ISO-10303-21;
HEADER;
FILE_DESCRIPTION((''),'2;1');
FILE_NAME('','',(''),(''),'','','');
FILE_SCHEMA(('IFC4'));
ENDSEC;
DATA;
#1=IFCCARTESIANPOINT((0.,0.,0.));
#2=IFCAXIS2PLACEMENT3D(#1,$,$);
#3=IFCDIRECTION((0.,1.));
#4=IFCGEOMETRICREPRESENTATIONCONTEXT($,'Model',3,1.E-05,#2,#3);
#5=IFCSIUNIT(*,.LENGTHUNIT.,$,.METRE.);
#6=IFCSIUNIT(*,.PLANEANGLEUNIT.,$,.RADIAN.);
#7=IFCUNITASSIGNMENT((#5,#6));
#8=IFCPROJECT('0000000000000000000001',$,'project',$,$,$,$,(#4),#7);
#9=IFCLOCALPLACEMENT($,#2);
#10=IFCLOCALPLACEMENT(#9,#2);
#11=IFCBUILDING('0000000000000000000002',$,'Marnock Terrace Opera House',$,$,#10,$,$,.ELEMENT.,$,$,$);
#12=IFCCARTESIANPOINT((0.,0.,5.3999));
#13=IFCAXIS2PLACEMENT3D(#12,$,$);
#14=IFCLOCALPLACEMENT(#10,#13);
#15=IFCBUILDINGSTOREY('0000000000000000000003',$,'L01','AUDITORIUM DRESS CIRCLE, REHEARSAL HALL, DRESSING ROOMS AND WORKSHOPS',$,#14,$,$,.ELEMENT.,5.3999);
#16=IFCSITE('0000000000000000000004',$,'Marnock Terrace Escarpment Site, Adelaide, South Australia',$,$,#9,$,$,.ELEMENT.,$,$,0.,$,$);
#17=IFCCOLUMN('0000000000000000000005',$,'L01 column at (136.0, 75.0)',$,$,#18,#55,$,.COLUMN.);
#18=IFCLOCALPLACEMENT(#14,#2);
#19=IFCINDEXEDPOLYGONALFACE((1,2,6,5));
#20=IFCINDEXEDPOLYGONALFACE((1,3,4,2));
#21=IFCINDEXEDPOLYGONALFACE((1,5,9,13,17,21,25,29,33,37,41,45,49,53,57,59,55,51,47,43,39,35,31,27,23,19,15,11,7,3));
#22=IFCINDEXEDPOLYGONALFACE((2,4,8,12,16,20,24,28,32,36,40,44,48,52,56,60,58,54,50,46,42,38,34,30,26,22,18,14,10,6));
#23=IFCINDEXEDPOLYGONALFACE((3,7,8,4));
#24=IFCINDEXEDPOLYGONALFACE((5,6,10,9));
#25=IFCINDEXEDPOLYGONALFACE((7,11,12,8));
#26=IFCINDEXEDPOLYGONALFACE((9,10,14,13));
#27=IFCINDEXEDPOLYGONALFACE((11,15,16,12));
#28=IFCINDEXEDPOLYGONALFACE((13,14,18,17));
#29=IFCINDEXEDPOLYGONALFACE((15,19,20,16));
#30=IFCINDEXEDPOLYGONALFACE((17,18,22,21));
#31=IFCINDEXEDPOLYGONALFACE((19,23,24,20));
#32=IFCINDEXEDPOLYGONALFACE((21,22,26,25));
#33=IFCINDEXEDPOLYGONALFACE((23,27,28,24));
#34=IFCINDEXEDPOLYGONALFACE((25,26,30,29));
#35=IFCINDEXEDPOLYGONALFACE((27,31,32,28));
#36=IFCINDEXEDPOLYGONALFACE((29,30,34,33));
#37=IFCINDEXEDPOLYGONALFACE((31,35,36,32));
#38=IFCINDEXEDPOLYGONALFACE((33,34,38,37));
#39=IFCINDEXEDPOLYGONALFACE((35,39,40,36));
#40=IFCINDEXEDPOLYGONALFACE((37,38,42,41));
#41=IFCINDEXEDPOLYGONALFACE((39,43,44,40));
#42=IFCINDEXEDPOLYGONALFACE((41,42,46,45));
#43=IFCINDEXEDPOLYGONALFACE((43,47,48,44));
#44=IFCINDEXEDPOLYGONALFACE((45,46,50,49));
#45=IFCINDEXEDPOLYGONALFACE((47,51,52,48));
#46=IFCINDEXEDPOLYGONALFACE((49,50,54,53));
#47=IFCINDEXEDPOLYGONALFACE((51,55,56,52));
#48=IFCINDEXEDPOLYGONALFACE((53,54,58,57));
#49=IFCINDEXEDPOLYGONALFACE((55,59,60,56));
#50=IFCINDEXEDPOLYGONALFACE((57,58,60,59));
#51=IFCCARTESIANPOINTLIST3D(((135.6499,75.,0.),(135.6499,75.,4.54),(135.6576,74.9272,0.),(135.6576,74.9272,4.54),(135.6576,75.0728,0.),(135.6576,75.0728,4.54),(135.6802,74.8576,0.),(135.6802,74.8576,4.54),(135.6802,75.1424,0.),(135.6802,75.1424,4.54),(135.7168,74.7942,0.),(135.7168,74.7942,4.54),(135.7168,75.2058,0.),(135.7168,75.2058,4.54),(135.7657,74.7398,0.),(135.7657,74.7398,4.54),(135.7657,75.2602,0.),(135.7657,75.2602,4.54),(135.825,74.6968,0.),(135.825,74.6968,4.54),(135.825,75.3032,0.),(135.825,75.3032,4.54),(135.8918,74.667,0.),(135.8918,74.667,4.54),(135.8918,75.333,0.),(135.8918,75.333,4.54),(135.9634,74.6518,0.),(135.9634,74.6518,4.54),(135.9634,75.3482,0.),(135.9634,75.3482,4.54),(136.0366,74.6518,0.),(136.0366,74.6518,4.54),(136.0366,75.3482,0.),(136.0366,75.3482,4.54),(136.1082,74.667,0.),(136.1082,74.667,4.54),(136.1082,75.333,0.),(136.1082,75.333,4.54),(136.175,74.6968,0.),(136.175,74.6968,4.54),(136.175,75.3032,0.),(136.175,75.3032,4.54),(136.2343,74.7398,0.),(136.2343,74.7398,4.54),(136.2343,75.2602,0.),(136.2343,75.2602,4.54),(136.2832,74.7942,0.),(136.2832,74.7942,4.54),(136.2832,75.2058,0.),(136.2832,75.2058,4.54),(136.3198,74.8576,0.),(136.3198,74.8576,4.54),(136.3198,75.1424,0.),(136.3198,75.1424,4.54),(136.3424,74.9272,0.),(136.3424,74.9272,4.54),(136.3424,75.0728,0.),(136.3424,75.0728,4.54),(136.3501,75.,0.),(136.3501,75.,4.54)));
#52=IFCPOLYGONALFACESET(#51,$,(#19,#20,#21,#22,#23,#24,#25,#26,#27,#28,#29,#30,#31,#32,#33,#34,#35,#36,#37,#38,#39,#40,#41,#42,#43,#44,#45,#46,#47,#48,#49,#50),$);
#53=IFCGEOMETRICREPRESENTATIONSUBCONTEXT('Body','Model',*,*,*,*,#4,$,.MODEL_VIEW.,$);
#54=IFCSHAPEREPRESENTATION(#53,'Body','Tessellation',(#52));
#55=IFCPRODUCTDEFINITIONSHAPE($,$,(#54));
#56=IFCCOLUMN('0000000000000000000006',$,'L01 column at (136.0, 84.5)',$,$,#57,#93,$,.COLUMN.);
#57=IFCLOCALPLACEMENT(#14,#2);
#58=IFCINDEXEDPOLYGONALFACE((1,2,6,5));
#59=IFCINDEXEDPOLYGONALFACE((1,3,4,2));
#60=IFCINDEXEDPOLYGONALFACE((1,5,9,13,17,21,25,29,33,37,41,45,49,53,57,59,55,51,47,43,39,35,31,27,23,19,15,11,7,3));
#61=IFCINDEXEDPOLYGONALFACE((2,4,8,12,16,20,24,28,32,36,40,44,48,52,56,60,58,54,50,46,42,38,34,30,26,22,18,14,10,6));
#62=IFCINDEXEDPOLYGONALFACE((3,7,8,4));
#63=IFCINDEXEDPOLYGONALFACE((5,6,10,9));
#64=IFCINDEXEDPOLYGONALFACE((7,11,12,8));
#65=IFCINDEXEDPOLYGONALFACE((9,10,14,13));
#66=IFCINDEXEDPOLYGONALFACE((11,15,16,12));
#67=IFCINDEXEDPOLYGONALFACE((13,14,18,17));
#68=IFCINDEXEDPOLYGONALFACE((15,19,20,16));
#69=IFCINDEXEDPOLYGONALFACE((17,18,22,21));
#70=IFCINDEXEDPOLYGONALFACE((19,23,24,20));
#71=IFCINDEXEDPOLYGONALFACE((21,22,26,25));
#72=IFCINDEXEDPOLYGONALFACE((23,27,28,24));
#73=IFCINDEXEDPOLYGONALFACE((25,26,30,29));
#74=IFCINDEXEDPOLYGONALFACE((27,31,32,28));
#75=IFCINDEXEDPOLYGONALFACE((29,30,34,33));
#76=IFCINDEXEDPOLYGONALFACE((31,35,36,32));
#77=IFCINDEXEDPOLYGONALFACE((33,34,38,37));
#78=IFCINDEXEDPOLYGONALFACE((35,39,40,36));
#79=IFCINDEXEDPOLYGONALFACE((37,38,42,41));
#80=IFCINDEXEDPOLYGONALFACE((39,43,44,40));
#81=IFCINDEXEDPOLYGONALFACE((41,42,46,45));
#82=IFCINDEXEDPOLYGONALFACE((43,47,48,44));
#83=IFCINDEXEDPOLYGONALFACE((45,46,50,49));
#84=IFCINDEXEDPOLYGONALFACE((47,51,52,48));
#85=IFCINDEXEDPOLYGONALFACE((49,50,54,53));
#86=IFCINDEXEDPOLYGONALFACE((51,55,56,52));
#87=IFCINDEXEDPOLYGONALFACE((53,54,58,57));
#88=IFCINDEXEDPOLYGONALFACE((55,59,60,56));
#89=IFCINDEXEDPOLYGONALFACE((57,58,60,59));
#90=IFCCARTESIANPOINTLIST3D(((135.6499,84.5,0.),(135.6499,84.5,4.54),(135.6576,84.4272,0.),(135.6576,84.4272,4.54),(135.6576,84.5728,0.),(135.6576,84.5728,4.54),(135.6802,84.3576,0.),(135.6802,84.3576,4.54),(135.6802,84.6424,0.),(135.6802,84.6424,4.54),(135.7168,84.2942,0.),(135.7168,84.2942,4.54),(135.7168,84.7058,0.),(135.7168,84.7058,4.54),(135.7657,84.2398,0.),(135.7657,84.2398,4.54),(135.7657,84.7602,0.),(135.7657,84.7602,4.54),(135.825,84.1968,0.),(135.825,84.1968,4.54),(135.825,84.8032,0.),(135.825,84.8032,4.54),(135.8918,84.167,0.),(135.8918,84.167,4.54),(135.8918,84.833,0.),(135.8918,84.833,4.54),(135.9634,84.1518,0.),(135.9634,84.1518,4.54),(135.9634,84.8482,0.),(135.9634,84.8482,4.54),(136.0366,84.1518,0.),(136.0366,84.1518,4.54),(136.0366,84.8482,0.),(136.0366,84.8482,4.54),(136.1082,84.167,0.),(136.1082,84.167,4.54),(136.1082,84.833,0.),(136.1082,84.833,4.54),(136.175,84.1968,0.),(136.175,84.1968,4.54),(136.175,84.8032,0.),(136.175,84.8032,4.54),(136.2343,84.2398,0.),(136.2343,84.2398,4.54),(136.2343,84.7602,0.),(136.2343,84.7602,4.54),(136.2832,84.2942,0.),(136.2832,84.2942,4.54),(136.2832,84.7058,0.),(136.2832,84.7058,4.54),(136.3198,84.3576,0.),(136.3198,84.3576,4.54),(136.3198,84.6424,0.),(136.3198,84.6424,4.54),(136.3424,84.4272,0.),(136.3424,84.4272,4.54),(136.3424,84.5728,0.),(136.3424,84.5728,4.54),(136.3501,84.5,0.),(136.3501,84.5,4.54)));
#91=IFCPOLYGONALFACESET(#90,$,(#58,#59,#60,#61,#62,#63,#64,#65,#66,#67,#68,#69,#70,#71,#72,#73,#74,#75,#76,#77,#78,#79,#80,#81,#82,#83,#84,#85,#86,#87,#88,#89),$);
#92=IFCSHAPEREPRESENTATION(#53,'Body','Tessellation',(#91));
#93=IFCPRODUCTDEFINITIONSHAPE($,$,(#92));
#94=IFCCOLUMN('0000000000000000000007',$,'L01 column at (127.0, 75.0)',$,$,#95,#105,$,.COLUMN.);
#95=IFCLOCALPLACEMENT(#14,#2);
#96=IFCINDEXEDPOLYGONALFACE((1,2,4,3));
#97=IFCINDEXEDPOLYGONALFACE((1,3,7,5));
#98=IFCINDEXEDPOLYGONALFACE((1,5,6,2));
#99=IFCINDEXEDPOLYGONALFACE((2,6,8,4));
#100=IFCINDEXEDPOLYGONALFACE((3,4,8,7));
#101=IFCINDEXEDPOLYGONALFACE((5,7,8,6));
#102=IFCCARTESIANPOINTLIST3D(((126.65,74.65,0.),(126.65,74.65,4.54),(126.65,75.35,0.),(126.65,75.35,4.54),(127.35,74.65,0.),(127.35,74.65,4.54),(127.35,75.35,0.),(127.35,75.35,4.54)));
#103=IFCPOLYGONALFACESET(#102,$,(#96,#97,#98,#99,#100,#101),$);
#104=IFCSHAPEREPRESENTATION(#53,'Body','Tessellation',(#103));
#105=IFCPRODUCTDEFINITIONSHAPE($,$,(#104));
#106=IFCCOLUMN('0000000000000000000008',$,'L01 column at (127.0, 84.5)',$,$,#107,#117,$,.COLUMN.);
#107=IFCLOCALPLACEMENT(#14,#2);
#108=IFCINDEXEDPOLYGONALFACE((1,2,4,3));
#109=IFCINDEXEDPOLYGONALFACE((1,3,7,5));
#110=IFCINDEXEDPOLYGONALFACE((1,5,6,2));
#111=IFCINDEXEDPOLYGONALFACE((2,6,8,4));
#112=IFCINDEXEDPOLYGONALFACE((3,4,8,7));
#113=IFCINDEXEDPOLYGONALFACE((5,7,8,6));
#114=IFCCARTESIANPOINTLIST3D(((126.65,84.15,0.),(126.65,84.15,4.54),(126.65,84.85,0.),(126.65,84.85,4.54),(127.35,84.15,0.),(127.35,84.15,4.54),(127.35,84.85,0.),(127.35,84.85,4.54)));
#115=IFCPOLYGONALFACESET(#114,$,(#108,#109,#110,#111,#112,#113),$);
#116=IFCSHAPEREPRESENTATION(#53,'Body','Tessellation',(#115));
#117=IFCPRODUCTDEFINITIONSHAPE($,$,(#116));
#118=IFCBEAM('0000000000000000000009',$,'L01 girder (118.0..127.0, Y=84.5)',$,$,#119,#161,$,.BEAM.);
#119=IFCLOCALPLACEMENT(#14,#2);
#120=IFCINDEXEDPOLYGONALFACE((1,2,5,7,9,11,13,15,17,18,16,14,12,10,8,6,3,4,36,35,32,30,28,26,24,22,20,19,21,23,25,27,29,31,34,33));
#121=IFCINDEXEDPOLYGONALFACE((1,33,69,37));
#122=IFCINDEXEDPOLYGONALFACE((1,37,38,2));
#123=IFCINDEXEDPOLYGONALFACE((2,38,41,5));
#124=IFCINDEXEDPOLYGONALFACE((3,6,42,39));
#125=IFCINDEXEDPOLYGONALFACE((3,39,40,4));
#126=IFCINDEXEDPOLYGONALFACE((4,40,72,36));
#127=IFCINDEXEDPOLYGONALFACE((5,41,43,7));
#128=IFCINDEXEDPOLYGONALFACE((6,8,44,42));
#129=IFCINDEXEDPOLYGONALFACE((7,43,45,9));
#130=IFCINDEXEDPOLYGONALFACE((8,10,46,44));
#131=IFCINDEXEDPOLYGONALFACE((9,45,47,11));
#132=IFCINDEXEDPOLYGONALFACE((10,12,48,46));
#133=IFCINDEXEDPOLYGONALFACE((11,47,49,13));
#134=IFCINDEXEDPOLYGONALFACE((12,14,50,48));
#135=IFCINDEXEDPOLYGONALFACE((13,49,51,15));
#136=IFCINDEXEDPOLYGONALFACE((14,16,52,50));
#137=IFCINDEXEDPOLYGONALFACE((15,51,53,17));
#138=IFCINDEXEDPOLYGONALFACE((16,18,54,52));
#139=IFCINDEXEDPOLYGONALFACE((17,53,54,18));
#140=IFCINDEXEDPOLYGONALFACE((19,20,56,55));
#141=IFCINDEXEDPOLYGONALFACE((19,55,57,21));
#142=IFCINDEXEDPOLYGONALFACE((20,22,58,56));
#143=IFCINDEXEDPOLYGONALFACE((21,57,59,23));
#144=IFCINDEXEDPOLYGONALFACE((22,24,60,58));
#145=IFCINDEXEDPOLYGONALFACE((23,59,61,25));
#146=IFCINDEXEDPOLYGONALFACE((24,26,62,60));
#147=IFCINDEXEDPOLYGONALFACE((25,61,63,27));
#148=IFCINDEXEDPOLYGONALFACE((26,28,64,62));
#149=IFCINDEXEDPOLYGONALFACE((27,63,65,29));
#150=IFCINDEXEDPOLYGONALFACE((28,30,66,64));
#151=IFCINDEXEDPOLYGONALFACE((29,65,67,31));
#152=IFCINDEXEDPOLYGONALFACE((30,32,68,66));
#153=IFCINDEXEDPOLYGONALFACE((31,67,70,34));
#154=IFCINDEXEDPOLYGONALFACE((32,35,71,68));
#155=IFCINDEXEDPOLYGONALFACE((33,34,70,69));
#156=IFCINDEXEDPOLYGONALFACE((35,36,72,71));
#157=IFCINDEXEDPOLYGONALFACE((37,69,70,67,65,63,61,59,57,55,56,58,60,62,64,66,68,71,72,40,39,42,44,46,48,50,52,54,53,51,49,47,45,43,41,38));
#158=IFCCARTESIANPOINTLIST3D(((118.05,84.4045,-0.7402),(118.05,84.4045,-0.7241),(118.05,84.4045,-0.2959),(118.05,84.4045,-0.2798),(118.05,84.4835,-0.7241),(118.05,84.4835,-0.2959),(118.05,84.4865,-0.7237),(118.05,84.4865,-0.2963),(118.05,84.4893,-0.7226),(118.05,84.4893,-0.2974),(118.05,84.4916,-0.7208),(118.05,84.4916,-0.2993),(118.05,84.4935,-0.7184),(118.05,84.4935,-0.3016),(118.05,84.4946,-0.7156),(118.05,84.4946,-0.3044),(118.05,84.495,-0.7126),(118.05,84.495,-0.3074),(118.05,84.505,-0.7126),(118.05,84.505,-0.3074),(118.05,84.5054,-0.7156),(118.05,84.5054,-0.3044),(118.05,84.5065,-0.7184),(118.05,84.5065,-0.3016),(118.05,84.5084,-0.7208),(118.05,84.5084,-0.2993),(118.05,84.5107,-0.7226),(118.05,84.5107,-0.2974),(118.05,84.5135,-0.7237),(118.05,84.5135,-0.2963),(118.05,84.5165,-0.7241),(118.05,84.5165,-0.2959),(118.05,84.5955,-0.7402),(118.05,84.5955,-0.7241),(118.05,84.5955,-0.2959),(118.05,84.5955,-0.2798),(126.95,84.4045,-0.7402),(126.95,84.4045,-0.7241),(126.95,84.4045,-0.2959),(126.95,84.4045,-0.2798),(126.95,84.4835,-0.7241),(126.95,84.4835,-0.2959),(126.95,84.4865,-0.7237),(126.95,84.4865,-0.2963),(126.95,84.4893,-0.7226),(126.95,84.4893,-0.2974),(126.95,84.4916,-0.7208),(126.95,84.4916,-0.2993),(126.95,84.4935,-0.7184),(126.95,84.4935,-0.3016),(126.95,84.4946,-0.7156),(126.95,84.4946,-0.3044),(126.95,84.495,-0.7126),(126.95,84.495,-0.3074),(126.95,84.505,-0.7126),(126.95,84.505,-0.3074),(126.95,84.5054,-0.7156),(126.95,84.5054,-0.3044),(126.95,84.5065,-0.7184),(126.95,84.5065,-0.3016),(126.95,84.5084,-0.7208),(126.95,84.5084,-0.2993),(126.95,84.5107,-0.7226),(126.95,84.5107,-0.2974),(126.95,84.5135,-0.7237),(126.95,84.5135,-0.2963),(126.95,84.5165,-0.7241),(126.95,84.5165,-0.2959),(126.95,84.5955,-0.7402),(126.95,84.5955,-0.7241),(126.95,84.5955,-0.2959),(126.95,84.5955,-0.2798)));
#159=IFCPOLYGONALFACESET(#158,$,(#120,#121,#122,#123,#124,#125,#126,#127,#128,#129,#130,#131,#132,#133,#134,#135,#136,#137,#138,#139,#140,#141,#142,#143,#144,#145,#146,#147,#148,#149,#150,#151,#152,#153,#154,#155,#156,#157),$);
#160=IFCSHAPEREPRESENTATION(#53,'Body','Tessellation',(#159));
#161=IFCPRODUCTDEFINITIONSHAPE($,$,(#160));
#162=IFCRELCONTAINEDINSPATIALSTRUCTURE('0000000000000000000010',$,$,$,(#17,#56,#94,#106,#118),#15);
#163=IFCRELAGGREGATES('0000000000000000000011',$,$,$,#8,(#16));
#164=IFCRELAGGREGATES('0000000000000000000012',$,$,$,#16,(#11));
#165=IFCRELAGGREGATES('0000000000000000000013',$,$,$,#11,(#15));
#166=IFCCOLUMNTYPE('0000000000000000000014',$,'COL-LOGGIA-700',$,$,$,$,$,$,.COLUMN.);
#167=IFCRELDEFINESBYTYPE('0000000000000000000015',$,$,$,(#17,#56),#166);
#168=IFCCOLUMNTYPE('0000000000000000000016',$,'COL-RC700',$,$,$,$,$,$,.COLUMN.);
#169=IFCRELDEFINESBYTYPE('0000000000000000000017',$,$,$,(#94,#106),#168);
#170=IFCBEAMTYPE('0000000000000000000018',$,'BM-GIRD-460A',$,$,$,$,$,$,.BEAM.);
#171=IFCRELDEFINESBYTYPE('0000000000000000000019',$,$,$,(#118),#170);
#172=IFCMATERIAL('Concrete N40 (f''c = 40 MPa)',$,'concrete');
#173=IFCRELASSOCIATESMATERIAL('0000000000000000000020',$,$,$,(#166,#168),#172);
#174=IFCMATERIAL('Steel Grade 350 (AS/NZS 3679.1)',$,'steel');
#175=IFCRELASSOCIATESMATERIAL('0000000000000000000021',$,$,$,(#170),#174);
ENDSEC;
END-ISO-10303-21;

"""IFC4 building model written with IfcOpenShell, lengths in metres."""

from ifc_helpers import new_model, si_unit, direction, frame, origin, origin_2d, place, context, subcontext, project, spatial, rectangle, circle, i_section, extrude, material, material_profile, profile_set, type_object, element, save


model = new_model("IFC4")

# Units and contexts
model_context = context("Model", 3, precision=1e-05, world=origin(), true_north=direction((0.0, 1.0)))
body_context = subcontext(model_context, "Body", "Model", "MODEL_VIEW")
ifc_project = project(units=[si_unit("LENGTHUNIT", "METRE"), si_unit("PLANEANGLEUNIT", "RADIAN")], contexts=[model_context])

# Site, building, storey
site_placement = place(None, origin())
site = spatial("IfcSite", under=ifc_project, at=site_placement, Name="Marnock Terrace Escarpment Site, Adelaide, South Australia", CompositionType="ELEMENT", RefElevation=0.0)
building_placement = place(site_placement, origin())
building = spatial("IfcBuilding", under=site, at=building_placement, Name="Marnock Terrace Opera House", CompositionType="ELEMENT")
storey_placement = place(building_placement, frame((0.0, 0.0, 5.3999)))
storey = spatial("IfcBuildingStorey", under=building, at=storey_placement, Name="L01", Description="AUDITORIUM DRESS CIRCLE, REHEARSAL HALL, DRESSING ROOMS AND WORKSHOPS", CompositionType="ELEMENT", Elevation=5.3999)

# Columns
ifc_material_1 = material(Name="Concrete N40 (f'c = 40 MPa)", Category="concrete")
ifc_material_profile_1 = material_profile(ifc_material_1, circle(Radius=0.3501, at=origin_2d()))
ifc_profile_set_1 = profile_set([ifc_material_profile_1], Name="Concrete N40 (f'c = 40 MPa)")
column_type_1 = type_object("IfcColumnType", Name="COL-LOGGIA-700", PredefinedType="COLUMN", material=ifc_profile_set_1)
for number, where, z_axis, x_axis, name in (
    (1, (136.0, 75.0, 0.0), (0.0, 0.0, 1.0), (1.0, 0.0, 0.0), "L01 column at (136.0, 75.0)"),
    (2, (136.0, 84.5, 0.0), (0.0, 0.0, 1.0), (1.0, 0.0, 0.0), "L01 column at (136.0, 84.5)"),
):
    element("IfcColumn", number, at=place(storey_placement, frame(where, z_axis=z_axis, x_axis=x_axis)), inside=storey, type_object=column_type_1, Name=name, PredefinedType="COLUMN", context=body_context, shape_type="SweptSolid", body=[
        extrude(circle(Radius=0.3501, at=origin_2d()), origin(), (0.0, 0.0, 1.0), 4.54),
    ])
ifc_material_profile_2 = material_profile(ifc_material_1, rectangle(XDim=0.7, YDim=0.7, at=origin_2d()))
ifc_profile_set_2 = profile_set([ifc_material_profile_2], Name="Concrete N40 (f'c = 40 MPa)")
column_type_2 = type_object("IfcColumnType", Name="COL-RC700", PredefinedType="COLUMN", material=ifc_profile_set_2)
for number, where, z_axis, x_axis, name in (
    (3, (127.0, 75.0, 0.0), (0.0, 0.0, 1.0), (1.0, 0.0, 0.0), "L01 column at (127.0, 75.0)"),
    (4, (127.0, 84.5, 0.0), (0.0, 0.0, 1.0), (1.0, 0.0, 0.0), "L01 column at (127.0, 84.5)"),
):
    element("IfcColumn", number, at=place(storey_placement, frame(where, z_axis=z_axis, x_axis=x_axis)), inside=storey, type_object=column_type_2, Name=name, PredefinedType="COLUMN", context=body_context, shape_type="SweptSolid", body=[
        extrude(rectangle(XDim=0.7, YDim=0.7, at=origin_2d()), origin(), (0.0, 0.0, 1.0), 4.54),
    ])

# Beam
ifc_material_2 = material(Name="Steel Grade 350 (AS/NZS 3679.1)", Category="steel")
ifc_material_profile_3 = material_profile(ifc_material_2, i_section(OverallWidth=0.1909, OverallDepth=0.4604, WebThickness=0.01, FlangeThickness=0.0161, FilletRadius=0.0115, at=origin_2d()))
ifc_profile_set_3 = profile_set([ifc_material_profile_3], Name="Steel Grade 350 (AS/NZS 3679.1)")
beam_type_1 = type_object("IfcBeamType", Name="BM-GIRD-460A", PredefinedType="BEAM", material=ifc_profile_set_3)
beam_1_placement = place(storey_placement, frame((118.05, 84.5, -0.51), z_axis=(1.0, 0.0, 0.0), x_axis=(0.0, 1.0, 0.0)))
element("IfcBeam", 5, at=beam_1_placement, inside=storey, type_object=beam_type_1, Name="L01 girder (118.0..127.0, Y=84.5)", PredefinedType="BEAM", context=body_context, shape_type="SweptSolid", body=[
    extrude(i_section(OverallWidth=0.1909, OverallDepth=0.4604, WebThickness=0.01, FlangeThickness=0.0161, FilletRadius=0.0115, at=origin_2d()), origin(), (0.0, 0.0, 1.0), 8.8999),
])

save(model, "model.ifc")
